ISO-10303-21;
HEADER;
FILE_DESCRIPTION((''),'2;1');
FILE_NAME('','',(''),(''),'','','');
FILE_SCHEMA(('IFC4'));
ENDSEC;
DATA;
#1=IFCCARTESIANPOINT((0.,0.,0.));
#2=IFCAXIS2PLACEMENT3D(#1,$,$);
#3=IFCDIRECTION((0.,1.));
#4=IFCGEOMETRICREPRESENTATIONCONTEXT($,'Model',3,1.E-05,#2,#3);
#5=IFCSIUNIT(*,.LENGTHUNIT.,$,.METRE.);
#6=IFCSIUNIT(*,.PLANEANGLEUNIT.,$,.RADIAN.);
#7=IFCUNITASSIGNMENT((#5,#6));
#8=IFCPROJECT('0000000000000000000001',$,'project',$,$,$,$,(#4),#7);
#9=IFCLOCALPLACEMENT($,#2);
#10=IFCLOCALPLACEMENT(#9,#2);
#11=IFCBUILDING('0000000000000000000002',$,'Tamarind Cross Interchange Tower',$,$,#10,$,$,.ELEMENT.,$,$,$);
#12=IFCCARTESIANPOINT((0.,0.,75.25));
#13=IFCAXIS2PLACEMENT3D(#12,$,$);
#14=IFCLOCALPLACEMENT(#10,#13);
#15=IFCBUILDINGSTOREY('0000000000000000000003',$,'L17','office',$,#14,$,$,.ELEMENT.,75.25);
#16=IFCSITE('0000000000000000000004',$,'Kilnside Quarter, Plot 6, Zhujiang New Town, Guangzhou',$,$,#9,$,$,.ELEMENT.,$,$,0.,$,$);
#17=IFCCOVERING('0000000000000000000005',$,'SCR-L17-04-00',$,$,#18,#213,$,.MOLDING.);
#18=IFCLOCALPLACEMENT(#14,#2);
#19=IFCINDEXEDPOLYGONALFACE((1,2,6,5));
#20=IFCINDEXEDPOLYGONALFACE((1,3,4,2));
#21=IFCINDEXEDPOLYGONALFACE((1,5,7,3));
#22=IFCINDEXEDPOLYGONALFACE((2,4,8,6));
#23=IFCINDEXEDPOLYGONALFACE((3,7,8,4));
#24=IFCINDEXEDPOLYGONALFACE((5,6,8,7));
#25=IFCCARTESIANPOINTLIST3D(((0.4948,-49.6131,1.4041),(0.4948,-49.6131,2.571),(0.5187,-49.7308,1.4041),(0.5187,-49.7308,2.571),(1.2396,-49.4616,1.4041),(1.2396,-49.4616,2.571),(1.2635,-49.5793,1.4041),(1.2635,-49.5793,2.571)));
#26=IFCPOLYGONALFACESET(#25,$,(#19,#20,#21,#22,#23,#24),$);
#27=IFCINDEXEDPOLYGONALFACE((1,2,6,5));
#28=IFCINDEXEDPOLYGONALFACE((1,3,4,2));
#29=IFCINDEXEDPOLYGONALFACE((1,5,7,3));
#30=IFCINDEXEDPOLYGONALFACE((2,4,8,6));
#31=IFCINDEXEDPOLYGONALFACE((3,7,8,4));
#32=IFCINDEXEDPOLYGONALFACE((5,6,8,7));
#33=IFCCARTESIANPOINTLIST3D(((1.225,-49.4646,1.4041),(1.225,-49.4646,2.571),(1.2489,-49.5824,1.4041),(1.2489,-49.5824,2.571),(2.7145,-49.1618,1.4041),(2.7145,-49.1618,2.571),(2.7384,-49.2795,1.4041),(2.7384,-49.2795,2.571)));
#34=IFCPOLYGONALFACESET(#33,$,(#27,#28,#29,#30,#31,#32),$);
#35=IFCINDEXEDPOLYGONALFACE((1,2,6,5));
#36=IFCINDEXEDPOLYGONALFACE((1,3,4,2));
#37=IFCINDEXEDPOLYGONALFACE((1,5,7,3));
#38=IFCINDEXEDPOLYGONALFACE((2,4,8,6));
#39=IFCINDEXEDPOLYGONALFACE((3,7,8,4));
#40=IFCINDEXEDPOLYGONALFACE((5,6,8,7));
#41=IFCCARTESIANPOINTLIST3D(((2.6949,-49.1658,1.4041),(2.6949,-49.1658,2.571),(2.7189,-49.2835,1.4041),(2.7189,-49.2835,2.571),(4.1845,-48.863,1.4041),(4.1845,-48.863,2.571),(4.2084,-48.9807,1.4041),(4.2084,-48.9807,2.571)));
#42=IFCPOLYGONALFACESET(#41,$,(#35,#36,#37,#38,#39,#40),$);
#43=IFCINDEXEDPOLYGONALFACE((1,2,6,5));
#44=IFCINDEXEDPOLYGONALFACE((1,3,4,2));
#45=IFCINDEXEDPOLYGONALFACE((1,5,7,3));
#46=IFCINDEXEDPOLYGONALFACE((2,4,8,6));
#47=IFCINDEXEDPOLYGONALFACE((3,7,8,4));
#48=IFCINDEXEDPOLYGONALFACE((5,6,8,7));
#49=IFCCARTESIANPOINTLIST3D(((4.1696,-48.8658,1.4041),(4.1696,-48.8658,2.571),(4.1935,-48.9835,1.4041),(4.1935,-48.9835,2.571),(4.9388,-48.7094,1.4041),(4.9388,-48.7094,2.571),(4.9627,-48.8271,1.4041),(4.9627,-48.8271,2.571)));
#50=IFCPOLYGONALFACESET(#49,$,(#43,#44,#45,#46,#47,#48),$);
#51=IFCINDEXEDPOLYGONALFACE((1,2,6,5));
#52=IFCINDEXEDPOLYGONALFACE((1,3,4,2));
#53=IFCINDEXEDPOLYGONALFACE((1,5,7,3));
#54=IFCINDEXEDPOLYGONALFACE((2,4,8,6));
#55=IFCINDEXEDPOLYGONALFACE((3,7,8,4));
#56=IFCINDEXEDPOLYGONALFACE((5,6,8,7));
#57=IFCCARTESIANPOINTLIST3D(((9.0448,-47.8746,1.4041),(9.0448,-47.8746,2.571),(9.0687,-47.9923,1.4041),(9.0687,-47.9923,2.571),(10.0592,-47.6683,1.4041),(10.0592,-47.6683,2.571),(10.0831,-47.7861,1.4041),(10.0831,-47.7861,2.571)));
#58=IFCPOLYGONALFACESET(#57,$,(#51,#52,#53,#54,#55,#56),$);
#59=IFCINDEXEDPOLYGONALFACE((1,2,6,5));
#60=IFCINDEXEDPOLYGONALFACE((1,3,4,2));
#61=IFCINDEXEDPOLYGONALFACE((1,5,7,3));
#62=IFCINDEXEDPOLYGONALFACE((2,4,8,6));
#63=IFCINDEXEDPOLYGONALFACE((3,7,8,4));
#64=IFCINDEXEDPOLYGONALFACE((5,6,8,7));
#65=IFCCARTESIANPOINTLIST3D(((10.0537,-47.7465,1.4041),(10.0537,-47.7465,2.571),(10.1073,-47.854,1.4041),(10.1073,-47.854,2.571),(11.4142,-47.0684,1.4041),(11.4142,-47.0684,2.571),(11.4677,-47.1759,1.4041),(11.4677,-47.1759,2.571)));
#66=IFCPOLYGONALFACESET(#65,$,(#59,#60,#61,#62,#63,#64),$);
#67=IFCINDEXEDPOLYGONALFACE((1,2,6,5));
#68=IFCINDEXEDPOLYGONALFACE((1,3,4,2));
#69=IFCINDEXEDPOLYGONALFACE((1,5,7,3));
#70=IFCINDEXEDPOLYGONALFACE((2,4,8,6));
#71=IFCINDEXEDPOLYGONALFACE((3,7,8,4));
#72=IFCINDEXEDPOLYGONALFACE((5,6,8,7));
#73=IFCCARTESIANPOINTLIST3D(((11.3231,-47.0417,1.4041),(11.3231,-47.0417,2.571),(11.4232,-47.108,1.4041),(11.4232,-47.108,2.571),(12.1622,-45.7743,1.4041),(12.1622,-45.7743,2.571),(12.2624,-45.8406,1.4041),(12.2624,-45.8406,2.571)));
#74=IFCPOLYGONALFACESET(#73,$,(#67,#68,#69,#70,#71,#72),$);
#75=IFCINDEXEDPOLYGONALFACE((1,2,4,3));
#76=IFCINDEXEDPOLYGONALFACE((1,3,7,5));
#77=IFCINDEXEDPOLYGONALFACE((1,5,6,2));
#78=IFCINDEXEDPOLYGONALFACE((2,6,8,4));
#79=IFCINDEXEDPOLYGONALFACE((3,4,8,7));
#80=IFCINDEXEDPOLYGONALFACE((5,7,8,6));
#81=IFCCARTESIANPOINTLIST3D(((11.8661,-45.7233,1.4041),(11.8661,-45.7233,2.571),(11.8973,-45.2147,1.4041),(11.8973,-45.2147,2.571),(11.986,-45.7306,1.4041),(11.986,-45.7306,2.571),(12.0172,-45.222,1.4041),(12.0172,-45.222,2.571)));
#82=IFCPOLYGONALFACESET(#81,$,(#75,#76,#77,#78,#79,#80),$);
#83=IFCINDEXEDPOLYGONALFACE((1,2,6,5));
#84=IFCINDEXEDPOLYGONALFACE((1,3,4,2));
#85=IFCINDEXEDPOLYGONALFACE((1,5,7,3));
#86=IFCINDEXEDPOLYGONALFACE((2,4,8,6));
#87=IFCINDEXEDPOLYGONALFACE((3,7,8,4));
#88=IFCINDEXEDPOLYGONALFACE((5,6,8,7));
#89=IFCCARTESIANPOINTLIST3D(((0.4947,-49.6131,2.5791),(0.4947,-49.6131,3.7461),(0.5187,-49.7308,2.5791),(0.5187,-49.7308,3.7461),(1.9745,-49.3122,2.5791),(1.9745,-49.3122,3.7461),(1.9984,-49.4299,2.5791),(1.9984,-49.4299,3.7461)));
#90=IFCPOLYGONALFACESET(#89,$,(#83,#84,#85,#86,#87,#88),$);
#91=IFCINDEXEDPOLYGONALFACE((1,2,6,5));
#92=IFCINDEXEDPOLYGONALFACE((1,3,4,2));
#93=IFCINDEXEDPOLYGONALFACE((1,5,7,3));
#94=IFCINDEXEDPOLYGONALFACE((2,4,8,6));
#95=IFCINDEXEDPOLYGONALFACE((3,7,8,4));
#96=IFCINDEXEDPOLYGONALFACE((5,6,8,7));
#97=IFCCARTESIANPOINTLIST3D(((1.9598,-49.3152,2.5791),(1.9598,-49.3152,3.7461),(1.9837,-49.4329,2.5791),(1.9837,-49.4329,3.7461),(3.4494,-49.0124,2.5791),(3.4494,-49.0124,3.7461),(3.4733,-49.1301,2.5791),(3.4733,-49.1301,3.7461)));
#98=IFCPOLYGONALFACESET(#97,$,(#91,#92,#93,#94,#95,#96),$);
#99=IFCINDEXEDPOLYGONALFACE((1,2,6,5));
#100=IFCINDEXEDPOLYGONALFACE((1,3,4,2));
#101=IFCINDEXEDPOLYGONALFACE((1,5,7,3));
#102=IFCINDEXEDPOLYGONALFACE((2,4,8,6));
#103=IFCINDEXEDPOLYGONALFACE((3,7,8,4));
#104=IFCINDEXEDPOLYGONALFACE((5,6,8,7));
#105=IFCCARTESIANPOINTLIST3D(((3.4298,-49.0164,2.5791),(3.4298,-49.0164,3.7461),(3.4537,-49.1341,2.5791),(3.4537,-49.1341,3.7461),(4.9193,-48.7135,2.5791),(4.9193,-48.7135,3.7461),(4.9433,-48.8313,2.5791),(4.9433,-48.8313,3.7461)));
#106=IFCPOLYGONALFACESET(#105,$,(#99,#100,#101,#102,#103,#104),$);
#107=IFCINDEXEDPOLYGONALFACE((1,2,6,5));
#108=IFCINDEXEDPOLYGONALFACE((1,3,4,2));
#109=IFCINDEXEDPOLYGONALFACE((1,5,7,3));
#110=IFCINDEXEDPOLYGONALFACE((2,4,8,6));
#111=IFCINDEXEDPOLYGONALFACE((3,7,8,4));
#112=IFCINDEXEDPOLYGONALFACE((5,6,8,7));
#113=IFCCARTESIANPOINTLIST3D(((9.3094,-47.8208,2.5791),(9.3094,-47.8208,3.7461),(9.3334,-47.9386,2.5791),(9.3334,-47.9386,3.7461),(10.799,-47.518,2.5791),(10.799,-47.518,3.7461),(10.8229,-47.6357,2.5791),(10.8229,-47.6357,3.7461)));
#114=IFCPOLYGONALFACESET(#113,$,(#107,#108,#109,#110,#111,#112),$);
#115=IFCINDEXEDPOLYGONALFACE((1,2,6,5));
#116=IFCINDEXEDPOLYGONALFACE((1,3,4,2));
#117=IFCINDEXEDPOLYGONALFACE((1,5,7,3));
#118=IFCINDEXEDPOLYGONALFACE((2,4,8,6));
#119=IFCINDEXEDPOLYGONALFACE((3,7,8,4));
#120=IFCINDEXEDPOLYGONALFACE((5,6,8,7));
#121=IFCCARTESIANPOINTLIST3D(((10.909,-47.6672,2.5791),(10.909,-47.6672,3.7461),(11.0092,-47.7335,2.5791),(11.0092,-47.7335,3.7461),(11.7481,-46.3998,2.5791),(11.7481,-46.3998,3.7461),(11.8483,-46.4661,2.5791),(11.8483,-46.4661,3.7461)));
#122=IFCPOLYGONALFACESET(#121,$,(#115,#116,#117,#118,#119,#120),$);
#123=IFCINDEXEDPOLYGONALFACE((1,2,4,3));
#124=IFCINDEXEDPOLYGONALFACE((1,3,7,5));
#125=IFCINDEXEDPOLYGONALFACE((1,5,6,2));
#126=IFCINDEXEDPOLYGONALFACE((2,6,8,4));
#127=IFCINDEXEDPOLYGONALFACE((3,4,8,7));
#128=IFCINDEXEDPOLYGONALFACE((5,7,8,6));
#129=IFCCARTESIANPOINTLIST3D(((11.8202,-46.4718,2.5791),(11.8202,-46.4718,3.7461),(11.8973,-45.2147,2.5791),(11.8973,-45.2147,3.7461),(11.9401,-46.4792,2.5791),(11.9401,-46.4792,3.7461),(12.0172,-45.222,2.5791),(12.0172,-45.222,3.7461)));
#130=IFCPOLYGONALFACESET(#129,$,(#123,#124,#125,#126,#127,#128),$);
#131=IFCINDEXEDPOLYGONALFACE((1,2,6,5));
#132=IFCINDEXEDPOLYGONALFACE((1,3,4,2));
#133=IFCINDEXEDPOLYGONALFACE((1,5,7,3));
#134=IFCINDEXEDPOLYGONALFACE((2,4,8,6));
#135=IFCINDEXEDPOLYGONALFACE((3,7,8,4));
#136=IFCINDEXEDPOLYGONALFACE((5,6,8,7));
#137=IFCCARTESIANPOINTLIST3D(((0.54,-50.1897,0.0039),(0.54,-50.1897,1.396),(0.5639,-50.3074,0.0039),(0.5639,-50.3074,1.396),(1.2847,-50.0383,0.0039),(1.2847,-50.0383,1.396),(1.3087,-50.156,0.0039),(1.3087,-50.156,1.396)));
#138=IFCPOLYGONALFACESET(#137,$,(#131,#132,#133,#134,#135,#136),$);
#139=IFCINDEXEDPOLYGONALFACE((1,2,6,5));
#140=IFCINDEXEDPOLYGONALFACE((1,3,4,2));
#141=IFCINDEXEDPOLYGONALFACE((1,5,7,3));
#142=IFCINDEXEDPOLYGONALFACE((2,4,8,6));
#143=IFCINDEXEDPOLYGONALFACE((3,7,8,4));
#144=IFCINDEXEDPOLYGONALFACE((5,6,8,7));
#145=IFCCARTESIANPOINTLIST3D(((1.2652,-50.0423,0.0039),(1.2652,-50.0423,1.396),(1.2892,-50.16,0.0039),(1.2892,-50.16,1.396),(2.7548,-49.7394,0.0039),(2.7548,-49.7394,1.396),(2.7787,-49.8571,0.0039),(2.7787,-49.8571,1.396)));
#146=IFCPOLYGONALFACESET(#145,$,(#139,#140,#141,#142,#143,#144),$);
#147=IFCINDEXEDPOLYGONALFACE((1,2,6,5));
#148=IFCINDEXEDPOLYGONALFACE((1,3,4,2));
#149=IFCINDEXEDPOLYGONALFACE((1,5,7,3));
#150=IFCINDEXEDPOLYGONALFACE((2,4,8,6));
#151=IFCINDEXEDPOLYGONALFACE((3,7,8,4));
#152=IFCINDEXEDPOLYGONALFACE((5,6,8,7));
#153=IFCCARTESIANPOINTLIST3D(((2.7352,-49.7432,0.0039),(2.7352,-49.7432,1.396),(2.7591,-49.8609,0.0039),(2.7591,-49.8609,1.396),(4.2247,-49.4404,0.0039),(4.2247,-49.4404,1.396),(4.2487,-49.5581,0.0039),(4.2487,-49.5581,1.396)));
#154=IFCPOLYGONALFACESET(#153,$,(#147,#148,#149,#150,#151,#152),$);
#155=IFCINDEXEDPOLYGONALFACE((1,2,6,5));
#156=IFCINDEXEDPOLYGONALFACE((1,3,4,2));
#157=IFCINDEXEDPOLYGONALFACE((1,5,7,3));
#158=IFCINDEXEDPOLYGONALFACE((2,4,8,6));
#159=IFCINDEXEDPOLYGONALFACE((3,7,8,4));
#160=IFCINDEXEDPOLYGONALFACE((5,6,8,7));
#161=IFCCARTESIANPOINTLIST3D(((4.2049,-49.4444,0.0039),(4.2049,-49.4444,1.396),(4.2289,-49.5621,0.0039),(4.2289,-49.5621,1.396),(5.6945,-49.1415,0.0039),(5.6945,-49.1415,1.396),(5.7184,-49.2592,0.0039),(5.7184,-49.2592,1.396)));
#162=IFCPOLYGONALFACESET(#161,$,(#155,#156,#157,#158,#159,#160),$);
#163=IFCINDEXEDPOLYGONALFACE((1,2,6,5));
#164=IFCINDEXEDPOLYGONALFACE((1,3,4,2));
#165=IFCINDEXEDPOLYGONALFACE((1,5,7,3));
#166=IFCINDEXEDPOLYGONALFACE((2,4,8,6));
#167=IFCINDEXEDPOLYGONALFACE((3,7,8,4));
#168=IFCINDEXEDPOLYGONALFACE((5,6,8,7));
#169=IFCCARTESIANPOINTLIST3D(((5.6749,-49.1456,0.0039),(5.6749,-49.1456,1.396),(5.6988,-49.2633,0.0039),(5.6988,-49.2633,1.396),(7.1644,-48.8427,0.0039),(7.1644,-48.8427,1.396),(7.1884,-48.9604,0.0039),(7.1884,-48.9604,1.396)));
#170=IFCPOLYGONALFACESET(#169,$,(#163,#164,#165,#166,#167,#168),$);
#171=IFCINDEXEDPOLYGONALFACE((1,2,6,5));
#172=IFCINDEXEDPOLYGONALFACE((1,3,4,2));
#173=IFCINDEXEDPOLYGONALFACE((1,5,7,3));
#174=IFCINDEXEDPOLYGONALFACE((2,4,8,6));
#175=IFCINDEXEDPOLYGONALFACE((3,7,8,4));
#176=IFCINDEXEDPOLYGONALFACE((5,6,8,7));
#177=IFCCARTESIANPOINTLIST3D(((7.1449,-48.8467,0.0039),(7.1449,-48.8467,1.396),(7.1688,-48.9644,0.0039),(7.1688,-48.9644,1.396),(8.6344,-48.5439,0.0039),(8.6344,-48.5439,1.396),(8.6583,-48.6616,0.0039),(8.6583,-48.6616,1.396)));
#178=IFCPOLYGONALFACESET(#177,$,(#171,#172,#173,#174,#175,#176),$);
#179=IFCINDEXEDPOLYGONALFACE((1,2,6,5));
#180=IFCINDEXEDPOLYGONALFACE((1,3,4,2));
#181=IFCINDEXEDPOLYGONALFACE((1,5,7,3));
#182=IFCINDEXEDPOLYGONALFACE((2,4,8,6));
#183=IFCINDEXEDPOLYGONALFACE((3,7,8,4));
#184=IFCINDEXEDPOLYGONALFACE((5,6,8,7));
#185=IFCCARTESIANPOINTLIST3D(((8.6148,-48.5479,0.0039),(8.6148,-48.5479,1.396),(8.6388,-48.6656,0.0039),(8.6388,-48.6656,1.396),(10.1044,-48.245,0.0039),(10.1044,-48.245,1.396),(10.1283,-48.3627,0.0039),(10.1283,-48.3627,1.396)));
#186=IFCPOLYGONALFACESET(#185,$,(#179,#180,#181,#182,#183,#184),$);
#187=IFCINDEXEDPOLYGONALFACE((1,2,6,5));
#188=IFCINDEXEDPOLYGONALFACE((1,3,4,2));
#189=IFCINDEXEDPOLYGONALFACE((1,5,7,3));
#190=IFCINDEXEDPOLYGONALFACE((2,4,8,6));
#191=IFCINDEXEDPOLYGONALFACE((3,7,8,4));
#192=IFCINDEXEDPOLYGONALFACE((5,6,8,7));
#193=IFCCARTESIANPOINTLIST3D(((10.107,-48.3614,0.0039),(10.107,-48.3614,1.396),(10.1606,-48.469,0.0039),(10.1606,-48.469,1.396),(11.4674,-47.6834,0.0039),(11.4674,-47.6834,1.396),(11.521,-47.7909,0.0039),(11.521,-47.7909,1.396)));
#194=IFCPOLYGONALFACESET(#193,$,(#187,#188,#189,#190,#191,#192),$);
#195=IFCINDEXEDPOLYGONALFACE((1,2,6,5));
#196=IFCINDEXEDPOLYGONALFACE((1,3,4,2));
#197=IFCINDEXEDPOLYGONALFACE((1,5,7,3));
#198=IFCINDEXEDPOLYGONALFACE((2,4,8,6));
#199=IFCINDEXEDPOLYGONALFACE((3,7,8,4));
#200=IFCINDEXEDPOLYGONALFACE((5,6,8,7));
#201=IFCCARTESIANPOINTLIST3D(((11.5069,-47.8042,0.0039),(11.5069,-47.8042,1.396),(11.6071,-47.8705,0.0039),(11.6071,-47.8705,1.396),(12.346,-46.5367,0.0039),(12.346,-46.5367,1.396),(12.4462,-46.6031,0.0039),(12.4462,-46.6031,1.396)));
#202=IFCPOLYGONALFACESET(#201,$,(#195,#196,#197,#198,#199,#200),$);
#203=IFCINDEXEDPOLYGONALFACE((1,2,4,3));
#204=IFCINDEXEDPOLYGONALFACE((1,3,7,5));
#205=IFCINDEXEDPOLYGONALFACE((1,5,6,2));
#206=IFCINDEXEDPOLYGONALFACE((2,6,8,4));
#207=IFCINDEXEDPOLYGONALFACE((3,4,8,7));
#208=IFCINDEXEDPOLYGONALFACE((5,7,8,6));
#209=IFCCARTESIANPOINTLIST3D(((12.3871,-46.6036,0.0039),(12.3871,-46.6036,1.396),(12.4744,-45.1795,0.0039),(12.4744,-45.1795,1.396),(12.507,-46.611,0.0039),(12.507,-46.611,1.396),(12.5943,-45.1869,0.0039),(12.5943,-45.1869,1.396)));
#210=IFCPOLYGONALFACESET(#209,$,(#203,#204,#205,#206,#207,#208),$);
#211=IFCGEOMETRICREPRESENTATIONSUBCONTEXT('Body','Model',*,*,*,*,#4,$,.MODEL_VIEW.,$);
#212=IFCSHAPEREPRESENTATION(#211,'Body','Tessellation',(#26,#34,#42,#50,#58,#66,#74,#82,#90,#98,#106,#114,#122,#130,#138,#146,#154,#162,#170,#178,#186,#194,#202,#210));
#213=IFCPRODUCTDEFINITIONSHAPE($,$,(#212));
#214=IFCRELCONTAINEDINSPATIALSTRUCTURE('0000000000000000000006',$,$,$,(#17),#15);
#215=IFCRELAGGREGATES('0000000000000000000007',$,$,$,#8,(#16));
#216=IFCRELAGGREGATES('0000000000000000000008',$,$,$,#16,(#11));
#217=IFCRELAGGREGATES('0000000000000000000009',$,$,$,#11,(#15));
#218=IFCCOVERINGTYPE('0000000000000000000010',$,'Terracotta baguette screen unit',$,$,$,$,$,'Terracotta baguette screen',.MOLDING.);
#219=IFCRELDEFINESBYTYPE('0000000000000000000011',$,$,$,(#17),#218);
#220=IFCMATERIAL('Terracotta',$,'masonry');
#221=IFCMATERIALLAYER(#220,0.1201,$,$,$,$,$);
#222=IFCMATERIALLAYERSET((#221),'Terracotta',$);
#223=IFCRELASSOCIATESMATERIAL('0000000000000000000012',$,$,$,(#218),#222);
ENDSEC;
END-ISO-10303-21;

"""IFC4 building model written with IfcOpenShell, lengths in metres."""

from ifc_helpers import new_model, si_unit, direction, frame, origin, origin_2d, place, context, subcontext, project, spatial, rectangle, extrude, material, layer, layer_set, type_object, element, save


model = new_model("IFC4")

# Units and contexts
model_context = context("Model", 3, precision=1e-05, world=origin(), true_north=direction((0.0, 1.0)))
body_context = subcontext(model_context, "Body", "Model", "MODEL_VIEW")
ifc_project = project(units=[si_unit("LENGTHUNIT", "METRE"), si_unit("PLANEANGLEUNIT", "RADIAN")], contexts=[model_context])

# Site, building, storey
site_placement = place(None, origin())
site = spatial("IfcSite", under=ifc_project, at=site_placement, Name="Kilnside Quarter, Plot 6, Zhujiang New Town, Guangzhou", CompositionType="ELEMENT", RefElevation=0.0)
building_placement = place(site_placement, origin())
building = spatial("IfcBuilding", under=site, at=building_placement, Name="Tamarind Cross Interchange Tower", CompositionType="ELEMENT")
storey_placement = place(building_placement, frame((0.0, 0.0, 75.25)))
storey = spatial("IfcBuildingStorey", under=building, at=storey_placement, Name="L17", Description="office", CompositionType="ELEMENT", Elevation=75.25)

# Covering
ifc_material_1 = material(Name="Terracotta", Category="masonry")
ifc_layer_1 = layer(ifc_material_1, 0.1201)
ifc_layer_set_1 = layer_set([ifc_layer_1], Name="Terracotta")
covering_type = type_object("IfcCoveringType", Name="Terracotta baguette screen unit", ElementType="Terracotta baguette screen", PredefinedType="MOLDING", material=ifc_layer_set_1)
covering_1_placement = place(storey_placement, origin())
element("IfcCovering", 1, at=covering_1_placement, inside=storey, type_object=covering_type, Name="SCR-L17-04-00", PredefinedType="MOLDING", context=body_context, shape_type="SweptSolid", body=[
    extrude(rectangle(XDim=0.76, YDim=0.1201, at=origin_2d()), frame((0.8792, -49.5962, 1.4041), z_axis=(0.0, 0.0, 1.0), x_axis=(0.97995, 0.199245, 0.0)), (0.0, 0.0, 1.0), 1.167),
    extrude(rectangle(XDim=1.52, YDim=0.1201, at=origin_2d()), frame((1.9817, -49.3721, 1.4041), z_axis=(0.0, 0.0, 1.0), x_axis=(0.97995, 0.199245, 0.0)), (0.0, 0.0, 1.0), 1.167),
    extrude(rectangle(XDim=1.52, YDim=0.1201, at=origin_2d()), frame((3.4517, -49.0732, 1.4041), z_axis=(0.0, 0.0, 1.0), x_axis=(0.97995, 0.199245, 0.0)), (0.0, 0.0, 1.0), 1.167),
    extrude(rectangle(XDim=0.7849, YDim=0.1201, at=origin_2d()), frame((4.5662, -48.8464, 1.4041), z_axis=(0.0, 0.0, 1.0), x_axis=(0.97995, 0.199245, 0.0)), (0.0, 0.0, 1.0), 1.167),
    extrude(rectangle(XDim=1.0352, YDim=0.1201, at=origin_2d()), frame((9.564, -47.8303, 1.4041), z_axis=(0.0, 0.0, 1.0), x_axis=(0.97995, 0.199245, 0.0)), (0.0, 0.0, 1.0), 1.167),
    extrude(rectangle(XDim=1.52, YDim=0.1201, at=origin_2d()), frame((10.7607, -47.4612, 1.4041), z_axis=(0.0, 0.0, 1.0), x_axis=(0.89499, 0.446085, 0.0)), (0.0, 0.0, 1.0), 1.167),
    extrude(rectangle(XDim=1.52, YDim=0.1201, at=origin_2d()), frame((11.7927, -46.4412, 1.4041), z_axis=(0.0, 0.0, 1.0), x_axis=(0.552042, 0.833816, 0.0)), (0.0, 0.0, 1.0), 1.167),
    extrude(rectangle(XDim=0.5095, YDim=0.1201, at=origin_2d()), frame((11.9417, -45.4727, 1.4041), z_axis=(0.0, 0.0, 1.0), x_axis=(0.061174, 0.998127, 0.0)), (0.0, 0.0, 1.0), 1.167),
    extrude(rectangle(XDim=1.51, YDim=0.1201, at=origin_2d()), frame((1.2466, -49.5215, 2.5791), z_axis=(0.0, 0.0, 1.0), x_axis=(0.97995, 0.199245, 0.0)), (0.0, 0.0, 1.0), 1.167),
    extrude(rectangle(XDim=1.52, YDim=0.1201, at=origin_2d()), frame((2.7166, -49.2227, 2.5791), z_axis=(0.0, 0.0, 1.0), x_axis=(0.97995, 0.199245, 0.0)), (0.0, 0.0, 1.0), 1.167),
    extrude(rectangle(XDim=1.52, YDim=0.1201, at=origin_2d()), frame((4.1865, -48.9238, 2.5791), z_axis=(0.0, 0.0, 1.0), x_axis=(0.97995, 0.199245, 0.0)), (0.0, 0.0, 1.0), 1.167),
    extrude(rectangle(XDim=1.52, YDim=0.1201, at=origin_2d()), frame((10.0662, -47.7283, 2.5791), z_axis=(0.0, 0.0, 1.0), x_axis=(0.97995, 0.199245, 0.0)), (0.0, 0.0, 1.0), 1.167),
    extrude(rectangle(XDim=1.52, YDim=0.1201, at=origin_2d()), frame((11.3787, -47.0667, 2.5791), z_axis=(0.0, 0.0, 1.0), x_axis=(0.552042, 0.833816, 0.0)), (0.0, 0.0, 1.0), 1.167),
    extrude(rectangle(XDim=1.2595, YDim=0.1201, at=origin_2d()), frame((11.9187, -45.8469, 2.5791), z_axis=(0.0, 0.0, 1.0), x_axis=(0.061174, 0.998127, 0.0)), (0.0, 0.0, 1.0), 1.167),
    extrude(rectangle(XDim=0.76, YDim=0.1201, at=origin_2d()), frame((0.9243, -50.1729, 0.0039), z_axis=(0.0, 0.0, 1.0), x_axis=(0.97995, 0.199245, 0.0)), (0.0, 0.0, 1.0), 1.3921),
    extrude(rectangle(XDim=1.52, YDim=0.1201, at=origin_2d()), frame((2.022, -49.9497, 0.0039), z_axis=(0.0, 0.0, 1.0), x_axis=(0.97995, 0.199245, 0.0)), (0.0, 0.0, 1.0), 1.3921),
    extrude(rectangle(XDim=1.52, YDim=0.1201, at=origin_2d()), frame((3.4919, -49.6506, 0.0039), z_axis=(0.0, 0.0, 1.0), x_axis=(0.97995, 0.199245, 0.0)), (0.0, 0.0, 1.0), 1.3921),
    extrude(rectangle(XDim=1.52, YDim=0.1201, at=origin_2d()), frame((4.9617, -49.3518, 0.0039), z_axis=(0.0, 0.0, 1.0), x_axis=(0.97995, 0.199245, 0.0)), (0.0, 0.0, 1.0), 1.3921),
    extrude(rectangle(XDim=1.52, YDim=0.1201, at=origin_2d()), frame((6.4316, -49.053, 0.0039), z_axis=(0.0, 0.0, 1.0), x_axis=(0.97995, 0.199245, 0.0)), (0.0, 0.0, 1.0), 1.3921),
    extrude(rectangle(XDim=1.52, YDim=0.1201, at=origin_2d()), frame((7.9016, -48.7542, 0.0039), z_axis=(0.0, 0.0, 1.0), x_axis=(0.97995, 0.199245, 0.0)), (0.0, 0.0, 1.0), 1.3921),
    extrude(rectangle(XDim=1.52, YDim=0.1201, at=origin_2d()), frame((9.3716, -48.4553, 0.0039), z_axis=(0.0, 0.0, 1.0), x_axis=(0.97995, 0.199245, 0.0)), (0.0, 0.0, 1.0), 1.3921),
    extrude(rectangle(XDim=1.52, YDim=0.1201, at=origin_2d()), frame((10.814, -48.0762, 0.0039), z_axis=(0.0, 0.0, 1.0), x_axis=(0.89499, 0.446085, 0.0)), (0.0, 0.0, 1.0), 1.3921),
    extrude(rectangle(XDim=1.52, YDim=0.1201, at=origin_2d()), frame((11.9766, -47.2036, 0.0039), z_axis=(0.0, 0.0, 1.0), x_axis=(0.552042, 0.833816, 0.0)), (0.0, 0.0, 1.0), 1.3921),
    extrude(rectangle(XDim=1.4268, YDim=0.1201, at=origin_2d()), frame((12.4907, -45.8953, 0.0039), z_axis=(0.0, 0.0, 1.0), x_axis=(0.061174, 0.998127, 0.0)), (0.0, 0.0, 1.0), 1.3921),
])

save(model, "model.ifc")
